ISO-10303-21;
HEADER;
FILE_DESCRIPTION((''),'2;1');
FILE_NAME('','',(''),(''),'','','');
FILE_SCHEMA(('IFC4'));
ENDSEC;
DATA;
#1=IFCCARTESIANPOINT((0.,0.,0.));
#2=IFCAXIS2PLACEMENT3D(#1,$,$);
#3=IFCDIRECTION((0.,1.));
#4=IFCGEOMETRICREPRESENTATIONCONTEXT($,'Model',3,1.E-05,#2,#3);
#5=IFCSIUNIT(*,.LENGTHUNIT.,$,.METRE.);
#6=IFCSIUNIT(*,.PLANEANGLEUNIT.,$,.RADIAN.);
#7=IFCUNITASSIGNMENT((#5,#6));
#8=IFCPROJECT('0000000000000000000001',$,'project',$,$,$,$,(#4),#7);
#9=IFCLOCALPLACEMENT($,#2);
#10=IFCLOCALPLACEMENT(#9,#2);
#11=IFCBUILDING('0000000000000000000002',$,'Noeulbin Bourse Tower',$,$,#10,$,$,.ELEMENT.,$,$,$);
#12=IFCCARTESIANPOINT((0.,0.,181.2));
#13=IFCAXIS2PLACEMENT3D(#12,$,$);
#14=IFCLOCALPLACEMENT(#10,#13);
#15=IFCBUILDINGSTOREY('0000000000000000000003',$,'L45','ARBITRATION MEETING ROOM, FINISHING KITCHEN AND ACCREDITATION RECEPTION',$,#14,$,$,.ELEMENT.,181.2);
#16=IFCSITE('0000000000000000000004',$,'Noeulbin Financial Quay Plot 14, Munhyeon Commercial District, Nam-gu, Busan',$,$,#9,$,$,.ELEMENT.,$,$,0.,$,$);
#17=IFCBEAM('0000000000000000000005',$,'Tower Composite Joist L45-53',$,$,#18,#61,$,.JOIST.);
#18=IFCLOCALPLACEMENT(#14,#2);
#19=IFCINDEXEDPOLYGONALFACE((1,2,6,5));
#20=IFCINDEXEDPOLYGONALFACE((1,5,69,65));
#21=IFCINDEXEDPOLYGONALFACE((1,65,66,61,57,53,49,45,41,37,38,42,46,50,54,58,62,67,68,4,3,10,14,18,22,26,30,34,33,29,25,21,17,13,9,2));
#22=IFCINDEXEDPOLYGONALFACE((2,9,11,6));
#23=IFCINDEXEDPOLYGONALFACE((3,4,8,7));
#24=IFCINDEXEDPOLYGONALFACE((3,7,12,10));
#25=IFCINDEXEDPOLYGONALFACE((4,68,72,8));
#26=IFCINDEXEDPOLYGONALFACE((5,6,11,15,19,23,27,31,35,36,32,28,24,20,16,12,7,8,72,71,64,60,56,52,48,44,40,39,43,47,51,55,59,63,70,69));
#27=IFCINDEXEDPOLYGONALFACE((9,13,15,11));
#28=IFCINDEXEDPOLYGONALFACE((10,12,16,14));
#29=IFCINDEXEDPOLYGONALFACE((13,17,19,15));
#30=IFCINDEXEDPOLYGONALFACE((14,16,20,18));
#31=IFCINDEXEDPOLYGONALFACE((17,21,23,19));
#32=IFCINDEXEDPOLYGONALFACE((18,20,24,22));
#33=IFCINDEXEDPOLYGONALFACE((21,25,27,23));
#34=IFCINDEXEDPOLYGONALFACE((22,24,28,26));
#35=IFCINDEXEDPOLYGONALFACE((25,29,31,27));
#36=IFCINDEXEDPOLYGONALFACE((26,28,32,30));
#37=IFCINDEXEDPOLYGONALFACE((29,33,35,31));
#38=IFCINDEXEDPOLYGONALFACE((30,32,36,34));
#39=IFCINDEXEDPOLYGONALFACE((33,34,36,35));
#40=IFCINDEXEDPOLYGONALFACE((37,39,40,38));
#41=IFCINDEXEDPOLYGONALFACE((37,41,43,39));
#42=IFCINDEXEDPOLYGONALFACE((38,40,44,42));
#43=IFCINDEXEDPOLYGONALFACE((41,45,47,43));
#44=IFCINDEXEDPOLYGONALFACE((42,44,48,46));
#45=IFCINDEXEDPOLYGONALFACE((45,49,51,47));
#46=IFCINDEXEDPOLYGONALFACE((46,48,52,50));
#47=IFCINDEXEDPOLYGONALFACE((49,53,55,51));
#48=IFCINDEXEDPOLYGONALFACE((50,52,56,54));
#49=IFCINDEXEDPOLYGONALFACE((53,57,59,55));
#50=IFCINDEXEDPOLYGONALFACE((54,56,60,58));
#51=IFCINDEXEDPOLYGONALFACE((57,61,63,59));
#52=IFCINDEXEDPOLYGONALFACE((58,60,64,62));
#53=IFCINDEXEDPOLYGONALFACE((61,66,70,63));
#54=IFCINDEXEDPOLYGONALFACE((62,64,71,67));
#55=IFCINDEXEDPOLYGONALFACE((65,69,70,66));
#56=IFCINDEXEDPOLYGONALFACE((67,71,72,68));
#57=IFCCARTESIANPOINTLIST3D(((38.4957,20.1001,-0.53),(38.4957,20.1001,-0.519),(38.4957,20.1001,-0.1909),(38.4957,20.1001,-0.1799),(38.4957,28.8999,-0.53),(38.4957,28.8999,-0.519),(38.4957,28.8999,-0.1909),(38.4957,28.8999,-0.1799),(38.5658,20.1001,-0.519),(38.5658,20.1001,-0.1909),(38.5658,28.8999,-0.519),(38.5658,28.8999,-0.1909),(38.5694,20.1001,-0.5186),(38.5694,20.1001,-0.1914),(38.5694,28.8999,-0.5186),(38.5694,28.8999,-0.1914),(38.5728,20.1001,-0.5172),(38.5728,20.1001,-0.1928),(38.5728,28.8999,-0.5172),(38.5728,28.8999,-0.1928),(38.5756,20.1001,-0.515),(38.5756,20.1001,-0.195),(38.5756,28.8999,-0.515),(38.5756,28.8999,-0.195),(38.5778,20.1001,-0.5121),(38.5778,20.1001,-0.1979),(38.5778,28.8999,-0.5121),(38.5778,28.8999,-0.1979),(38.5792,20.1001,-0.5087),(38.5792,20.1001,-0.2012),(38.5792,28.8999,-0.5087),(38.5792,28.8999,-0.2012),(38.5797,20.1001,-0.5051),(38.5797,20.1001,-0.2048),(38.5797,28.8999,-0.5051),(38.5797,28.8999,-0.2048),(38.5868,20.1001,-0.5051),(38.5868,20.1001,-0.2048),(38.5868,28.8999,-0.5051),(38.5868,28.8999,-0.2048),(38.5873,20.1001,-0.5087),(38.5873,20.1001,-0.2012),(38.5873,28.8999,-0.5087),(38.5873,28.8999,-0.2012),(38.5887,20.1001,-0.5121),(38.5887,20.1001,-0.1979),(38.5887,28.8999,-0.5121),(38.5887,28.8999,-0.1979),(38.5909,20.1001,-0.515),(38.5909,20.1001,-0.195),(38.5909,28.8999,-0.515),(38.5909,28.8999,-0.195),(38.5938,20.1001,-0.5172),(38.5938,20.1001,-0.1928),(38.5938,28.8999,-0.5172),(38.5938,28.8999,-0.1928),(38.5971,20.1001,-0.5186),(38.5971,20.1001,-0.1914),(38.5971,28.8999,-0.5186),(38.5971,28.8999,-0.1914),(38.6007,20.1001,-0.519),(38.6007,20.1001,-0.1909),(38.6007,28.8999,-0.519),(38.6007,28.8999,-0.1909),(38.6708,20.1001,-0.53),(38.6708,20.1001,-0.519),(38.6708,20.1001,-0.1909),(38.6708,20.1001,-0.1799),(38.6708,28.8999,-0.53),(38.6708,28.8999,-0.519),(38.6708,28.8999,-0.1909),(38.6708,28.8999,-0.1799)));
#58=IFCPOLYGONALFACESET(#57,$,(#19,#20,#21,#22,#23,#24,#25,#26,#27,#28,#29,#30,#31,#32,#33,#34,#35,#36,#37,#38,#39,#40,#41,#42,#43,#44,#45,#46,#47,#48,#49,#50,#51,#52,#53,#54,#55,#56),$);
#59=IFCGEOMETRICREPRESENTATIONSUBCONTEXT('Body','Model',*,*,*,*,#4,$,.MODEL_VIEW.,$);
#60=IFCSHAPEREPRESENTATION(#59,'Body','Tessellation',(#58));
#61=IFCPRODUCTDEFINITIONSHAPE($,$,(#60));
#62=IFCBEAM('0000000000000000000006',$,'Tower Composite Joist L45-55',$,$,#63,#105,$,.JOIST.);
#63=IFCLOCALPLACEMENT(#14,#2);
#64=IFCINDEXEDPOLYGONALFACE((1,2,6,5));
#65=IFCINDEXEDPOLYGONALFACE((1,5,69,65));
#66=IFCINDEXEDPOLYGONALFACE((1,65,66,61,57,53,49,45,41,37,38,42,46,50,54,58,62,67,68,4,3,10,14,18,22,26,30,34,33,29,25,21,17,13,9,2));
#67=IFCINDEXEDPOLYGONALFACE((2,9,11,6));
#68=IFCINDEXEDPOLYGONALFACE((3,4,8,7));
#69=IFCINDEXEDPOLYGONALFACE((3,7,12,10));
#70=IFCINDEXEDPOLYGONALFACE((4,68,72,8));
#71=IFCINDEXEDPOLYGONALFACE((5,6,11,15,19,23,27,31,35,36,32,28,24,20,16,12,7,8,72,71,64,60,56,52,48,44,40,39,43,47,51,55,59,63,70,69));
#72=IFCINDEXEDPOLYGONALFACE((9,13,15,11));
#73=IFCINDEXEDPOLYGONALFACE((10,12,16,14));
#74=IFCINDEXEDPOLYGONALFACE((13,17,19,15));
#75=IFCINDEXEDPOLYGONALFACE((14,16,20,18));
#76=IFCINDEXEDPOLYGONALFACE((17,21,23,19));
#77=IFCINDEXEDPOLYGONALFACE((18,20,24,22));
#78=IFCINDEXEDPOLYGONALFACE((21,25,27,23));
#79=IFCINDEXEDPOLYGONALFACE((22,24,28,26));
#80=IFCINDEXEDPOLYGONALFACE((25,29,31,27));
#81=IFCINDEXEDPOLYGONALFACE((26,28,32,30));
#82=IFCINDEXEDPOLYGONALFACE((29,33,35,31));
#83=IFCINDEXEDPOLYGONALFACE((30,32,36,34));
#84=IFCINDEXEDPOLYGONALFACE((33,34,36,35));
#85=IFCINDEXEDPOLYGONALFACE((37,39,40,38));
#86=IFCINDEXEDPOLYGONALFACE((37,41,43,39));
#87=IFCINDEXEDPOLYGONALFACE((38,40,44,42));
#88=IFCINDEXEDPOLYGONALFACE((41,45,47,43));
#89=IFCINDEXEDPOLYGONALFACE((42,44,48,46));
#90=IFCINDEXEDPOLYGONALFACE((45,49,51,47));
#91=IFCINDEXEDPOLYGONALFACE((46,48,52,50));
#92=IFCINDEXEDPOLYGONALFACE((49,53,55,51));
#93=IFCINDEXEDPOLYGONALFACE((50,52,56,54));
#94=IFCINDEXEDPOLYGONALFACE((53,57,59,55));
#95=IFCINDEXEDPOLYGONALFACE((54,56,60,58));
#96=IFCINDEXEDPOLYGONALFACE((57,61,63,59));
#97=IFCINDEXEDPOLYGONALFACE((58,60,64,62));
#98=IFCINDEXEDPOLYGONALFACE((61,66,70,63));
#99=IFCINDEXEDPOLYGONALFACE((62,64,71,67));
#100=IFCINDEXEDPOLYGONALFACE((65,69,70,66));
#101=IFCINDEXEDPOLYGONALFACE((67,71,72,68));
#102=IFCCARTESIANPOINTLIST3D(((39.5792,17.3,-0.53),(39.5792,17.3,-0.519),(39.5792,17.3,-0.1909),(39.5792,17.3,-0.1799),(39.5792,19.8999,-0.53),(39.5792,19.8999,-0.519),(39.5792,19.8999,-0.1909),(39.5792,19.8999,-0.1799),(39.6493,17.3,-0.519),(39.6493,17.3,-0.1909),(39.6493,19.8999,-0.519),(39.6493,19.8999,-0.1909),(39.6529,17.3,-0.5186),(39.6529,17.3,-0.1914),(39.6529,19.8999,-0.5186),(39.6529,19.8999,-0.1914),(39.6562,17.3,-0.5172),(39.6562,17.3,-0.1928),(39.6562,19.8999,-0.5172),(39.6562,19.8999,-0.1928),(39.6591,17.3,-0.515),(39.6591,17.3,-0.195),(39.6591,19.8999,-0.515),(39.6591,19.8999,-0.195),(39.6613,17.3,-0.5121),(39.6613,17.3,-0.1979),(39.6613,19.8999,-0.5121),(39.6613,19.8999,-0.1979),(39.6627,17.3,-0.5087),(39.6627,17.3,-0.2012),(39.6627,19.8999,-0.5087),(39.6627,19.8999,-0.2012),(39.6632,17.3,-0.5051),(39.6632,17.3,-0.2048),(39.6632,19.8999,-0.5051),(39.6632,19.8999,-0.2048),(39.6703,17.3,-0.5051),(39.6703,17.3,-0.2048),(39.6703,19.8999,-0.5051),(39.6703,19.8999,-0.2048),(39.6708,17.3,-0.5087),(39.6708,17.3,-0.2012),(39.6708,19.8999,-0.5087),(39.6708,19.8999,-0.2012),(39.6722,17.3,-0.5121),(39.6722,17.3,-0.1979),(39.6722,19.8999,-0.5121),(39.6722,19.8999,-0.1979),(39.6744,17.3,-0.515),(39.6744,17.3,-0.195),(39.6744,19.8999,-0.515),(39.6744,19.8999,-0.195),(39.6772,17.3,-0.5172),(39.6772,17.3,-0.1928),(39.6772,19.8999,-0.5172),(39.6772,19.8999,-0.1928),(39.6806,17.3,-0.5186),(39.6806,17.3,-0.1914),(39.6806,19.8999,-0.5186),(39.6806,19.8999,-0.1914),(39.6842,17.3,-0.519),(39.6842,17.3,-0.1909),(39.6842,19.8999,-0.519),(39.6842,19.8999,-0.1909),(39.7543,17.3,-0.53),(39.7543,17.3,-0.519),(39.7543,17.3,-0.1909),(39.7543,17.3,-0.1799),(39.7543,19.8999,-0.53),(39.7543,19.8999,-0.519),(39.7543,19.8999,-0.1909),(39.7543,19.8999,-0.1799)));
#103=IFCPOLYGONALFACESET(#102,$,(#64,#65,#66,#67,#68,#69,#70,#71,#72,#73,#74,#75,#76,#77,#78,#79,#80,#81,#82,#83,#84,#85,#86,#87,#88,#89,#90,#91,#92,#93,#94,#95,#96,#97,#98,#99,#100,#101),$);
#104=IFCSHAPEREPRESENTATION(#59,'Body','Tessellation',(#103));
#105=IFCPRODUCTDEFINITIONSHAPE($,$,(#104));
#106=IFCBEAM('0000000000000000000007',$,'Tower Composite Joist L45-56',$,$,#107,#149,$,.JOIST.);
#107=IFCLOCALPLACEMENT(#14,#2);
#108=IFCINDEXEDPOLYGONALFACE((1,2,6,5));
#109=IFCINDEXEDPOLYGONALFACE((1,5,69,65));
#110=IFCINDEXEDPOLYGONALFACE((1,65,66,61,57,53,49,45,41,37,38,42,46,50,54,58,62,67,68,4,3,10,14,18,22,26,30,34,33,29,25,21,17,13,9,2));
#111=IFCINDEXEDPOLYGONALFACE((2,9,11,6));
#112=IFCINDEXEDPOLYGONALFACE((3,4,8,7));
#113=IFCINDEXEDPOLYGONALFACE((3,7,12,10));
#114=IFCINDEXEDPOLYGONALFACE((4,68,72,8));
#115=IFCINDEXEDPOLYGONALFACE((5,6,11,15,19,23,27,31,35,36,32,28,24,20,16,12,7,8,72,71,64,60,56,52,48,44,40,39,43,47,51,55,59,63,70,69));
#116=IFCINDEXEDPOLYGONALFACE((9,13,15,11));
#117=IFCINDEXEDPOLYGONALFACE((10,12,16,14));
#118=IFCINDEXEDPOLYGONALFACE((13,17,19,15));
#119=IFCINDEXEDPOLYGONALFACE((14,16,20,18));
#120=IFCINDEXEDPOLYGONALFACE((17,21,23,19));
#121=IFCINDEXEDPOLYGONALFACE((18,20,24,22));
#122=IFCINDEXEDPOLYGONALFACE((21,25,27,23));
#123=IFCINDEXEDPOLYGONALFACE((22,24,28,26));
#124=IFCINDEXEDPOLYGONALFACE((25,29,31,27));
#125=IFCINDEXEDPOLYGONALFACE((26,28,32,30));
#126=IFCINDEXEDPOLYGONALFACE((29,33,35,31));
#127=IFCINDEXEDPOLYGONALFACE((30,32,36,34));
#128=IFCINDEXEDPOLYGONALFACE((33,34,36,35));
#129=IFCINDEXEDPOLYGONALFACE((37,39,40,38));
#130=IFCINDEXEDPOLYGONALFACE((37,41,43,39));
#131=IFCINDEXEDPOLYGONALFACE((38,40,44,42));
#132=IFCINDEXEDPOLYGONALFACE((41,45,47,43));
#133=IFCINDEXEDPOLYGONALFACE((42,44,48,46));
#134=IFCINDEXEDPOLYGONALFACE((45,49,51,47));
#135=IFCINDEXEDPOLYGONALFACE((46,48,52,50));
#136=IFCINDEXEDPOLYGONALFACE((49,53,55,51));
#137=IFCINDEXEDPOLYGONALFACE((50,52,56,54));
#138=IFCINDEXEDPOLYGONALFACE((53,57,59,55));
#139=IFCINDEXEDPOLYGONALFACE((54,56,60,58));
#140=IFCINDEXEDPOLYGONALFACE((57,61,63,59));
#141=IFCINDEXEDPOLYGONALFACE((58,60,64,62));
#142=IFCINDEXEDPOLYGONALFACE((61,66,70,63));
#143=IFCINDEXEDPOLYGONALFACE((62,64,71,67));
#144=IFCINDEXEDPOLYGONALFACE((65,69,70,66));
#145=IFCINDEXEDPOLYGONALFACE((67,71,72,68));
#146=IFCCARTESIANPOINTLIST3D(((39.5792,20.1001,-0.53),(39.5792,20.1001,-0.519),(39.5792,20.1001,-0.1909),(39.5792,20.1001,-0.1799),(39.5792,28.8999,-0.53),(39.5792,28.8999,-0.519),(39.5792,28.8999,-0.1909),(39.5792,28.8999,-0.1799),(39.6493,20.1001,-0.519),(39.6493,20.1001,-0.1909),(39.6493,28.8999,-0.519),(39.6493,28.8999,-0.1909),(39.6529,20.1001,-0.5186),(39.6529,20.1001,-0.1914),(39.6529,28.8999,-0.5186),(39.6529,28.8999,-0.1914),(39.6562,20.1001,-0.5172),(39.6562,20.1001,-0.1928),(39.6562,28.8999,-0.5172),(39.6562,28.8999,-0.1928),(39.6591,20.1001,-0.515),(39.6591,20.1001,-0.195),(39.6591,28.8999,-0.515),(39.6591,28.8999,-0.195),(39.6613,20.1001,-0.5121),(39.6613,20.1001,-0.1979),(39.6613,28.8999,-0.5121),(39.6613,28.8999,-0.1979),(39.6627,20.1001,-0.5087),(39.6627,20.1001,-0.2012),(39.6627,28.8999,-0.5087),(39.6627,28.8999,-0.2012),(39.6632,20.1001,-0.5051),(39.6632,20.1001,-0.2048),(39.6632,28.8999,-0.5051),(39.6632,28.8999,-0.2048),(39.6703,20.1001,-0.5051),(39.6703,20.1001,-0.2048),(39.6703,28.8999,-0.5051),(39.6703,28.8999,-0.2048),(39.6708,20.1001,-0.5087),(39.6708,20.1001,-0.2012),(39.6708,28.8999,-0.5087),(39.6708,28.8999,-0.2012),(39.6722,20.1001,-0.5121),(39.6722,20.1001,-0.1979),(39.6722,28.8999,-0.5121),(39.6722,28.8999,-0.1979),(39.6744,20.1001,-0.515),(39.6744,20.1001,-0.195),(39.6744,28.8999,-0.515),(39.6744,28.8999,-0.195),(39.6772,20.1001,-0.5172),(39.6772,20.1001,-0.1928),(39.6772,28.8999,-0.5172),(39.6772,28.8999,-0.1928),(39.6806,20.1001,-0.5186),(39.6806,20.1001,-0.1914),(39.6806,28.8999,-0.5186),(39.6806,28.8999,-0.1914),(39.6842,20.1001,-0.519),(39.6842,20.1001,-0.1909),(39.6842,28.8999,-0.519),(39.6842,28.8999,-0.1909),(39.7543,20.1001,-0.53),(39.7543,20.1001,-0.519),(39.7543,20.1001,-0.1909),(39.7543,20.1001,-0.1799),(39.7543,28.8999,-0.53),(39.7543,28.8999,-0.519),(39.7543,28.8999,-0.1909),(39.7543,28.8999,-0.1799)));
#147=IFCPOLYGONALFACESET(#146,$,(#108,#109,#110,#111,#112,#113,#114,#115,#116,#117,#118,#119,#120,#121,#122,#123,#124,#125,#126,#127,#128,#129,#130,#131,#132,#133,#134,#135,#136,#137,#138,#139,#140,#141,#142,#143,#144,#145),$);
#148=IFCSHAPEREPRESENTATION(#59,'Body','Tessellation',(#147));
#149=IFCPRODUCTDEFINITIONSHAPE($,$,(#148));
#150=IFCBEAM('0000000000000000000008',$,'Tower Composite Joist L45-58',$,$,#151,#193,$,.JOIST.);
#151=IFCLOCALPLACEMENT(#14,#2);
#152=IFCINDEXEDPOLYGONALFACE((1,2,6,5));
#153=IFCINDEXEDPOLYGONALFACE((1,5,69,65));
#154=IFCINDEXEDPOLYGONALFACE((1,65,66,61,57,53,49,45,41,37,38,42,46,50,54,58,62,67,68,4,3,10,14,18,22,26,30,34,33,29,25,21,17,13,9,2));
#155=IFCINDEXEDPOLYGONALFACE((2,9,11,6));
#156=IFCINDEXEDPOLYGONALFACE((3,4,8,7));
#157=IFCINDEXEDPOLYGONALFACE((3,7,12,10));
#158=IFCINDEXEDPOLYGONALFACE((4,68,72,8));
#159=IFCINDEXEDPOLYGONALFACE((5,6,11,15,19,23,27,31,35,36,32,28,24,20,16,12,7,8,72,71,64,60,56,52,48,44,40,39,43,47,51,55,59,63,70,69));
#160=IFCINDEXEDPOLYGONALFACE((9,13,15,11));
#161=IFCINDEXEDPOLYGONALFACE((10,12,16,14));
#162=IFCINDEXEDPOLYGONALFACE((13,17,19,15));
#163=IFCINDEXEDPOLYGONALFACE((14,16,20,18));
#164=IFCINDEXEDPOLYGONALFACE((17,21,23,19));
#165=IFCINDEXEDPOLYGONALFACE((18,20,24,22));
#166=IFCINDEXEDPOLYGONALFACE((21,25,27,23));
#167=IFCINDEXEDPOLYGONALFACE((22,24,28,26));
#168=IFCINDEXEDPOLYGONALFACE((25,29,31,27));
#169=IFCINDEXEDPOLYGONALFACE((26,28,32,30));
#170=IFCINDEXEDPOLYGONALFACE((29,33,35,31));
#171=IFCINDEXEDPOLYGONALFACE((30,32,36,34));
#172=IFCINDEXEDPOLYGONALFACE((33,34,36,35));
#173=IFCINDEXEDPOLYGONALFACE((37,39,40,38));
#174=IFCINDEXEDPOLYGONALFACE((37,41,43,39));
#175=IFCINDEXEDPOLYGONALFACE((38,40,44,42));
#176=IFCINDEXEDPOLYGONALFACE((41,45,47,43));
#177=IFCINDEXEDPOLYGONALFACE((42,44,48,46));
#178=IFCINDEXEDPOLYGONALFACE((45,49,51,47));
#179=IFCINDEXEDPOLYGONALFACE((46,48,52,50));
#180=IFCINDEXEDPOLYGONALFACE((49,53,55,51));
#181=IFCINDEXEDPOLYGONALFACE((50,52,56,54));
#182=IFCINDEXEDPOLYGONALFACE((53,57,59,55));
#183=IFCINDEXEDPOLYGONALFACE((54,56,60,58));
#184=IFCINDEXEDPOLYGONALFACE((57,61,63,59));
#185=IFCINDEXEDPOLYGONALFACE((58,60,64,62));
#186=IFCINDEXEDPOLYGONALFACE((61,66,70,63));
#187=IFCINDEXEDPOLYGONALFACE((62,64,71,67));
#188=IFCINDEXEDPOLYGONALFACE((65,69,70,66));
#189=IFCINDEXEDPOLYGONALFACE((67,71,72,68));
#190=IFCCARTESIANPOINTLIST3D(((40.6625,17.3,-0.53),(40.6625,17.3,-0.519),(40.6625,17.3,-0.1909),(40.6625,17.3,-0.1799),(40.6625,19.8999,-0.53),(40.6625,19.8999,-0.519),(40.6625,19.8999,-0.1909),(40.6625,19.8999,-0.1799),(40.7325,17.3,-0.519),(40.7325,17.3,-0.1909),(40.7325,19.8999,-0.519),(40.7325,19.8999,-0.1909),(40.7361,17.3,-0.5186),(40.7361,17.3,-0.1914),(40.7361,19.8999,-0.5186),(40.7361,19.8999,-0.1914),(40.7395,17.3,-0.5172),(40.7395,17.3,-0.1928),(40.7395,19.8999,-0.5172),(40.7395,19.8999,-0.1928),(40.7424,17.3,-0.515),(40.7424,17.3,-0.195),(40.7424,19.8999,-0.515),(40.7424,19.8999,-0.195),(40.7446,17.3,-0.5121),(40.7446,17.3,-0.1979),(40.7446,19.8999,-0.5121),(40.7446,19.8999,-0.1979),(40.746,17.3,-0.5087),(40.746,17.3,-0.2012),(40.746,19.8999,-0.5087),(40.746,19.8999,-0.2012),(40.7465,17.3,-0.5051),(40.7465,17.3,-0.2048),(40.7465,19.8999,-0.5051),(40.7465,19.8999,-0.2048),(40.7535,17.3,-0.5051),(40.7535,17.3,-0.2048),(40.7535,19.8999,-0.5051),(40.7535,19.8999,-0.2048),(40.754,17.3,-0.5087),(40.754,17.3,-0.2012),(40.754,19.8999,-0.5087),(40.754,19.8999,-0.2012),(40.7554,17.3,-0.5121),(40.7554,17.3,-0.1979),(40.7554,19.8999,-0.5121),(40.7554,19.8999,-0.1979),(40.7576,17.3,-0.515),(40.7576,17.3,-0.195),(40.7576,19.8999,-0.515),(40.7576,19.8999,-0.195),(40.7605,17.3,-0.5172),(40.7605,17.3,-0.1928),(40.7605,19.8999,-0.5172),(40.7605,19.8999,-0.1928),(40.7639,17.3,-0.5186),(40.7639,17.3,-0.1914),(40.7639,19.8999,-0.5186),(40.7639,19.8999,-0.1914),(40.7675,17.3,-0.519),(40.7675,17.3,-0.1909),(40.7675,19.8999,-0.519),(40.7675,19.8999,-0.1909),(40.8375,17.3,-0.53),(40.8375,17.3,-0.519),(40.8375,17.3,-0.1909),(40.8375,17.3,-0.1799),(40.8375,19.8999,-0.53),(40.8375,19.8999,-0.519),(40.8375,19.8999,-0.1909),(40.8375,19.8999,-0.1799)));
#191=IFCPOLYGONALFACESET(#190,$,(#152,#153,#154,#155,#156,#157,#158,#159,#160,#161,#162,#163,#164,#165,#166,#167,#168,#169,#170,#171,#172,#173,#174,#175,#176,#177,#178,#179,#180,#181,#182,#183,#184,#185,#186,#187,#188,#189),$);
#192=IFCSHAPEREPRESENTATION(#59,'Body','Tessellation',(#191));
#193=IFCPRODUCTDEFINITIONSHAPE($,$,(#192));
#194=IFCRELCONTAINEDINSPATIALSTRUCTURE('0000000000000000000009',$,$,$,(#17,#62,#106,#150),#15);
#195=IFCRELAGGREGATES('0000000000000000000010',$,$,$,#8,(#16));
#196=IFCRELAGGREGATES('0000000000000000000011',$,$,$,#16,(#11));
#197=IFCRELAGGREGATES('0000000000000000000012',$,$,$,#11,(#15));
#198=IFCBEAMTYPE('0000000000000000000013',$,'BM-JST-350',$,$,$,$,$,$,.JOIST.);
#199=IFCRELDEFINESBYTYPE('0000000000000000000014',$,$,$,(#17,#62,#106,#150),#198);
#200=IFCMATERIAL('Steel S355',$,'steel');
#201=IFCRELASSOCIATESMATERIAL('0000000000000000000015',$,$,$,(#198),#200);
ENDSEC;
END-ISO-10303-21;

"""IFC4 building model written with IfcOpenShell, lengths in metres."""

from ifc_helpers import new_model, si_unit, direction, frame, origin, origin_2d, place, context, subcontext, project, spatial, i_section, extrude, material, material_profile, profile_set, type_object, element, save


model = new_model("IFC4")

# Units and contexts
model_context = context("Model", 3, precision=1e-05, world=origin(), true_north=direction((0.0, 1.0)))
body_context = subcontext(model_context, "Body", "Model", "MODEL_VIEW")
ifc_project = project(units=[si_unit("LENGTHUNIT", "METRE"), si_unit("PLANEANGLEUNIT", "RADIAN")], contexts=[model_context])

# Site, building, storey
site_placement = place(None, origin())
site = spatial("IfcSite", under=ifc_project, at=site_placement, Name="Noeulbin Financial Quay Plot 14, Munhyeon Commercial District, Nam-gu, Busan", CompositionType="ELEMENT", RefElevation=0.0)
building_placement = place(site_placement, origin())
building = spatial("IfcBuilding", under=site, at=building_placement, Name="Noeulbin Bourse Tower", CompositionType="ELEMENT")
storey_placement = place(building_placement, frame((0.0, 0.0, 181.2)))
storey = spatial("IfcBuildingStorey", under=building, at=storey_placement, Name="L45", Description="ARBITRATION MEETING ROOM, FINISHING KITCHEN AND ACCREDITATION RECEPTION", CompositionType="ELEMENT", Elevation=181.2)

# Beams
ifc_material_1 = material(Name="Steel S355", Category="steel")
ifc_material_profile_1 = material_profile(ifc_material_1, i_section(OverallWidth=0.175, OverallDepth=0.3501, WebThickness=0.0071, FlangeThickness=0.011, FilletRadius=0.0139, at=origin_2d()), Name="H-350x175x7x11", Category="LoadBearing")
ifc_profile_set_1 = profile_set([ifc_material_profile_1], Name="Steel S355")
beam_type_1 = type_object("IfcBeamType", Name="BM-JST-350", PredefinedType="JOIST", material=ifc_profile_set_1)
beam_1_placement = place(storey_placement, frame((38.5833, 20.1001, -0.355), z_axis=(0.0, 1.0, 0.0), x_axis=(-1.0, 0.0, 0.0)))
element("IfcBeam", 1, at=beam_1_placement, inside=storey, type_object=beam_type_1, Name="Tower Composite Joist L45-53", PredefinedType="JOIST", context=body_context, shape_type="SweptSolid", body=[
    extrude(i_section(OverallWidth=0.175, OverallDepth=0.3501, WebThickness=0.0071, FlangeThickness=0.011, FilletRadius=0.0139, at=origin_2d()), origin(), (0.0, 0.0, 1.0), 8.7998),
])
beam_2_placement = place(storey_placement, frame((39.6667, 17.3, -0.355), z_axis=(0.0, 1.0, 0.0), x_axis=(-1.0, 0.0, 0.0)))
element("IfcBeam", 2, at=beam_2_placement, inside=storey, type_object=beam_type_1, Name="Tower Composite Joist L45-55", PredefinedType="JOIST", context=body_context, shape_type="SweptSolid", body=[
    extrude(i_section(OverallWidth=0.175, OverallDepth=0.3501, WebThickness=0.0071, FlangeThickness=0.011, FilletRadius=0.0139, at=origin_2d()), origin(), (0.0, 0.0, 1.0), 2.5999),
])
beam_3_placement = place(storey_placement, frame((39.6667, 20.1001, -0.355), z_axis=(0.0, 1.0, 0.0), x_axis=(-1.0, 0.0, 0.0)))
element("IfcBeam", 3, at=beam_3_placement, inside=storey, type_object=beam_type_1, Name="Tower Composite Joist L45-56", PredefinedType="JOIST", context=body_context, shape_type="SweptSolid", body=[
    extrude(i_section(OverallWidth=0.175, OverallDepth=0.3501, WebThickness=0.0071, FlangeThickness=0.011, FilletRadius=0.0139, at=origin_2d()), origin(), (0.0, 0.0, 1.0), 8.7998),
])
beam_4_placement = place(storey_placement, frame((40.75, 17.3, -0.355), z_axis=(0.0, 1.0, 0.0), x_axis=(-1.0, 0.0, 0.0)))
element("IfcBeam", 4, at=beam_4_placement, inside=storey, type_object=beam_type_1, Name="Tower Composite Joist L45-58", PredefinedType="JOIST", context=body_context, shape_type="SweptSolid", body=[
    extrude(i_section(OverallWidth=0.175, OverallDepth=0.3501, WebThickness=0.0071, FlangeThickness=0.011, FilletRadius=0.0139, at=origin_2d()), origin(), (0.0, 0.0, 1.0), 2.5999),
])

save(model, "model.ifc")
